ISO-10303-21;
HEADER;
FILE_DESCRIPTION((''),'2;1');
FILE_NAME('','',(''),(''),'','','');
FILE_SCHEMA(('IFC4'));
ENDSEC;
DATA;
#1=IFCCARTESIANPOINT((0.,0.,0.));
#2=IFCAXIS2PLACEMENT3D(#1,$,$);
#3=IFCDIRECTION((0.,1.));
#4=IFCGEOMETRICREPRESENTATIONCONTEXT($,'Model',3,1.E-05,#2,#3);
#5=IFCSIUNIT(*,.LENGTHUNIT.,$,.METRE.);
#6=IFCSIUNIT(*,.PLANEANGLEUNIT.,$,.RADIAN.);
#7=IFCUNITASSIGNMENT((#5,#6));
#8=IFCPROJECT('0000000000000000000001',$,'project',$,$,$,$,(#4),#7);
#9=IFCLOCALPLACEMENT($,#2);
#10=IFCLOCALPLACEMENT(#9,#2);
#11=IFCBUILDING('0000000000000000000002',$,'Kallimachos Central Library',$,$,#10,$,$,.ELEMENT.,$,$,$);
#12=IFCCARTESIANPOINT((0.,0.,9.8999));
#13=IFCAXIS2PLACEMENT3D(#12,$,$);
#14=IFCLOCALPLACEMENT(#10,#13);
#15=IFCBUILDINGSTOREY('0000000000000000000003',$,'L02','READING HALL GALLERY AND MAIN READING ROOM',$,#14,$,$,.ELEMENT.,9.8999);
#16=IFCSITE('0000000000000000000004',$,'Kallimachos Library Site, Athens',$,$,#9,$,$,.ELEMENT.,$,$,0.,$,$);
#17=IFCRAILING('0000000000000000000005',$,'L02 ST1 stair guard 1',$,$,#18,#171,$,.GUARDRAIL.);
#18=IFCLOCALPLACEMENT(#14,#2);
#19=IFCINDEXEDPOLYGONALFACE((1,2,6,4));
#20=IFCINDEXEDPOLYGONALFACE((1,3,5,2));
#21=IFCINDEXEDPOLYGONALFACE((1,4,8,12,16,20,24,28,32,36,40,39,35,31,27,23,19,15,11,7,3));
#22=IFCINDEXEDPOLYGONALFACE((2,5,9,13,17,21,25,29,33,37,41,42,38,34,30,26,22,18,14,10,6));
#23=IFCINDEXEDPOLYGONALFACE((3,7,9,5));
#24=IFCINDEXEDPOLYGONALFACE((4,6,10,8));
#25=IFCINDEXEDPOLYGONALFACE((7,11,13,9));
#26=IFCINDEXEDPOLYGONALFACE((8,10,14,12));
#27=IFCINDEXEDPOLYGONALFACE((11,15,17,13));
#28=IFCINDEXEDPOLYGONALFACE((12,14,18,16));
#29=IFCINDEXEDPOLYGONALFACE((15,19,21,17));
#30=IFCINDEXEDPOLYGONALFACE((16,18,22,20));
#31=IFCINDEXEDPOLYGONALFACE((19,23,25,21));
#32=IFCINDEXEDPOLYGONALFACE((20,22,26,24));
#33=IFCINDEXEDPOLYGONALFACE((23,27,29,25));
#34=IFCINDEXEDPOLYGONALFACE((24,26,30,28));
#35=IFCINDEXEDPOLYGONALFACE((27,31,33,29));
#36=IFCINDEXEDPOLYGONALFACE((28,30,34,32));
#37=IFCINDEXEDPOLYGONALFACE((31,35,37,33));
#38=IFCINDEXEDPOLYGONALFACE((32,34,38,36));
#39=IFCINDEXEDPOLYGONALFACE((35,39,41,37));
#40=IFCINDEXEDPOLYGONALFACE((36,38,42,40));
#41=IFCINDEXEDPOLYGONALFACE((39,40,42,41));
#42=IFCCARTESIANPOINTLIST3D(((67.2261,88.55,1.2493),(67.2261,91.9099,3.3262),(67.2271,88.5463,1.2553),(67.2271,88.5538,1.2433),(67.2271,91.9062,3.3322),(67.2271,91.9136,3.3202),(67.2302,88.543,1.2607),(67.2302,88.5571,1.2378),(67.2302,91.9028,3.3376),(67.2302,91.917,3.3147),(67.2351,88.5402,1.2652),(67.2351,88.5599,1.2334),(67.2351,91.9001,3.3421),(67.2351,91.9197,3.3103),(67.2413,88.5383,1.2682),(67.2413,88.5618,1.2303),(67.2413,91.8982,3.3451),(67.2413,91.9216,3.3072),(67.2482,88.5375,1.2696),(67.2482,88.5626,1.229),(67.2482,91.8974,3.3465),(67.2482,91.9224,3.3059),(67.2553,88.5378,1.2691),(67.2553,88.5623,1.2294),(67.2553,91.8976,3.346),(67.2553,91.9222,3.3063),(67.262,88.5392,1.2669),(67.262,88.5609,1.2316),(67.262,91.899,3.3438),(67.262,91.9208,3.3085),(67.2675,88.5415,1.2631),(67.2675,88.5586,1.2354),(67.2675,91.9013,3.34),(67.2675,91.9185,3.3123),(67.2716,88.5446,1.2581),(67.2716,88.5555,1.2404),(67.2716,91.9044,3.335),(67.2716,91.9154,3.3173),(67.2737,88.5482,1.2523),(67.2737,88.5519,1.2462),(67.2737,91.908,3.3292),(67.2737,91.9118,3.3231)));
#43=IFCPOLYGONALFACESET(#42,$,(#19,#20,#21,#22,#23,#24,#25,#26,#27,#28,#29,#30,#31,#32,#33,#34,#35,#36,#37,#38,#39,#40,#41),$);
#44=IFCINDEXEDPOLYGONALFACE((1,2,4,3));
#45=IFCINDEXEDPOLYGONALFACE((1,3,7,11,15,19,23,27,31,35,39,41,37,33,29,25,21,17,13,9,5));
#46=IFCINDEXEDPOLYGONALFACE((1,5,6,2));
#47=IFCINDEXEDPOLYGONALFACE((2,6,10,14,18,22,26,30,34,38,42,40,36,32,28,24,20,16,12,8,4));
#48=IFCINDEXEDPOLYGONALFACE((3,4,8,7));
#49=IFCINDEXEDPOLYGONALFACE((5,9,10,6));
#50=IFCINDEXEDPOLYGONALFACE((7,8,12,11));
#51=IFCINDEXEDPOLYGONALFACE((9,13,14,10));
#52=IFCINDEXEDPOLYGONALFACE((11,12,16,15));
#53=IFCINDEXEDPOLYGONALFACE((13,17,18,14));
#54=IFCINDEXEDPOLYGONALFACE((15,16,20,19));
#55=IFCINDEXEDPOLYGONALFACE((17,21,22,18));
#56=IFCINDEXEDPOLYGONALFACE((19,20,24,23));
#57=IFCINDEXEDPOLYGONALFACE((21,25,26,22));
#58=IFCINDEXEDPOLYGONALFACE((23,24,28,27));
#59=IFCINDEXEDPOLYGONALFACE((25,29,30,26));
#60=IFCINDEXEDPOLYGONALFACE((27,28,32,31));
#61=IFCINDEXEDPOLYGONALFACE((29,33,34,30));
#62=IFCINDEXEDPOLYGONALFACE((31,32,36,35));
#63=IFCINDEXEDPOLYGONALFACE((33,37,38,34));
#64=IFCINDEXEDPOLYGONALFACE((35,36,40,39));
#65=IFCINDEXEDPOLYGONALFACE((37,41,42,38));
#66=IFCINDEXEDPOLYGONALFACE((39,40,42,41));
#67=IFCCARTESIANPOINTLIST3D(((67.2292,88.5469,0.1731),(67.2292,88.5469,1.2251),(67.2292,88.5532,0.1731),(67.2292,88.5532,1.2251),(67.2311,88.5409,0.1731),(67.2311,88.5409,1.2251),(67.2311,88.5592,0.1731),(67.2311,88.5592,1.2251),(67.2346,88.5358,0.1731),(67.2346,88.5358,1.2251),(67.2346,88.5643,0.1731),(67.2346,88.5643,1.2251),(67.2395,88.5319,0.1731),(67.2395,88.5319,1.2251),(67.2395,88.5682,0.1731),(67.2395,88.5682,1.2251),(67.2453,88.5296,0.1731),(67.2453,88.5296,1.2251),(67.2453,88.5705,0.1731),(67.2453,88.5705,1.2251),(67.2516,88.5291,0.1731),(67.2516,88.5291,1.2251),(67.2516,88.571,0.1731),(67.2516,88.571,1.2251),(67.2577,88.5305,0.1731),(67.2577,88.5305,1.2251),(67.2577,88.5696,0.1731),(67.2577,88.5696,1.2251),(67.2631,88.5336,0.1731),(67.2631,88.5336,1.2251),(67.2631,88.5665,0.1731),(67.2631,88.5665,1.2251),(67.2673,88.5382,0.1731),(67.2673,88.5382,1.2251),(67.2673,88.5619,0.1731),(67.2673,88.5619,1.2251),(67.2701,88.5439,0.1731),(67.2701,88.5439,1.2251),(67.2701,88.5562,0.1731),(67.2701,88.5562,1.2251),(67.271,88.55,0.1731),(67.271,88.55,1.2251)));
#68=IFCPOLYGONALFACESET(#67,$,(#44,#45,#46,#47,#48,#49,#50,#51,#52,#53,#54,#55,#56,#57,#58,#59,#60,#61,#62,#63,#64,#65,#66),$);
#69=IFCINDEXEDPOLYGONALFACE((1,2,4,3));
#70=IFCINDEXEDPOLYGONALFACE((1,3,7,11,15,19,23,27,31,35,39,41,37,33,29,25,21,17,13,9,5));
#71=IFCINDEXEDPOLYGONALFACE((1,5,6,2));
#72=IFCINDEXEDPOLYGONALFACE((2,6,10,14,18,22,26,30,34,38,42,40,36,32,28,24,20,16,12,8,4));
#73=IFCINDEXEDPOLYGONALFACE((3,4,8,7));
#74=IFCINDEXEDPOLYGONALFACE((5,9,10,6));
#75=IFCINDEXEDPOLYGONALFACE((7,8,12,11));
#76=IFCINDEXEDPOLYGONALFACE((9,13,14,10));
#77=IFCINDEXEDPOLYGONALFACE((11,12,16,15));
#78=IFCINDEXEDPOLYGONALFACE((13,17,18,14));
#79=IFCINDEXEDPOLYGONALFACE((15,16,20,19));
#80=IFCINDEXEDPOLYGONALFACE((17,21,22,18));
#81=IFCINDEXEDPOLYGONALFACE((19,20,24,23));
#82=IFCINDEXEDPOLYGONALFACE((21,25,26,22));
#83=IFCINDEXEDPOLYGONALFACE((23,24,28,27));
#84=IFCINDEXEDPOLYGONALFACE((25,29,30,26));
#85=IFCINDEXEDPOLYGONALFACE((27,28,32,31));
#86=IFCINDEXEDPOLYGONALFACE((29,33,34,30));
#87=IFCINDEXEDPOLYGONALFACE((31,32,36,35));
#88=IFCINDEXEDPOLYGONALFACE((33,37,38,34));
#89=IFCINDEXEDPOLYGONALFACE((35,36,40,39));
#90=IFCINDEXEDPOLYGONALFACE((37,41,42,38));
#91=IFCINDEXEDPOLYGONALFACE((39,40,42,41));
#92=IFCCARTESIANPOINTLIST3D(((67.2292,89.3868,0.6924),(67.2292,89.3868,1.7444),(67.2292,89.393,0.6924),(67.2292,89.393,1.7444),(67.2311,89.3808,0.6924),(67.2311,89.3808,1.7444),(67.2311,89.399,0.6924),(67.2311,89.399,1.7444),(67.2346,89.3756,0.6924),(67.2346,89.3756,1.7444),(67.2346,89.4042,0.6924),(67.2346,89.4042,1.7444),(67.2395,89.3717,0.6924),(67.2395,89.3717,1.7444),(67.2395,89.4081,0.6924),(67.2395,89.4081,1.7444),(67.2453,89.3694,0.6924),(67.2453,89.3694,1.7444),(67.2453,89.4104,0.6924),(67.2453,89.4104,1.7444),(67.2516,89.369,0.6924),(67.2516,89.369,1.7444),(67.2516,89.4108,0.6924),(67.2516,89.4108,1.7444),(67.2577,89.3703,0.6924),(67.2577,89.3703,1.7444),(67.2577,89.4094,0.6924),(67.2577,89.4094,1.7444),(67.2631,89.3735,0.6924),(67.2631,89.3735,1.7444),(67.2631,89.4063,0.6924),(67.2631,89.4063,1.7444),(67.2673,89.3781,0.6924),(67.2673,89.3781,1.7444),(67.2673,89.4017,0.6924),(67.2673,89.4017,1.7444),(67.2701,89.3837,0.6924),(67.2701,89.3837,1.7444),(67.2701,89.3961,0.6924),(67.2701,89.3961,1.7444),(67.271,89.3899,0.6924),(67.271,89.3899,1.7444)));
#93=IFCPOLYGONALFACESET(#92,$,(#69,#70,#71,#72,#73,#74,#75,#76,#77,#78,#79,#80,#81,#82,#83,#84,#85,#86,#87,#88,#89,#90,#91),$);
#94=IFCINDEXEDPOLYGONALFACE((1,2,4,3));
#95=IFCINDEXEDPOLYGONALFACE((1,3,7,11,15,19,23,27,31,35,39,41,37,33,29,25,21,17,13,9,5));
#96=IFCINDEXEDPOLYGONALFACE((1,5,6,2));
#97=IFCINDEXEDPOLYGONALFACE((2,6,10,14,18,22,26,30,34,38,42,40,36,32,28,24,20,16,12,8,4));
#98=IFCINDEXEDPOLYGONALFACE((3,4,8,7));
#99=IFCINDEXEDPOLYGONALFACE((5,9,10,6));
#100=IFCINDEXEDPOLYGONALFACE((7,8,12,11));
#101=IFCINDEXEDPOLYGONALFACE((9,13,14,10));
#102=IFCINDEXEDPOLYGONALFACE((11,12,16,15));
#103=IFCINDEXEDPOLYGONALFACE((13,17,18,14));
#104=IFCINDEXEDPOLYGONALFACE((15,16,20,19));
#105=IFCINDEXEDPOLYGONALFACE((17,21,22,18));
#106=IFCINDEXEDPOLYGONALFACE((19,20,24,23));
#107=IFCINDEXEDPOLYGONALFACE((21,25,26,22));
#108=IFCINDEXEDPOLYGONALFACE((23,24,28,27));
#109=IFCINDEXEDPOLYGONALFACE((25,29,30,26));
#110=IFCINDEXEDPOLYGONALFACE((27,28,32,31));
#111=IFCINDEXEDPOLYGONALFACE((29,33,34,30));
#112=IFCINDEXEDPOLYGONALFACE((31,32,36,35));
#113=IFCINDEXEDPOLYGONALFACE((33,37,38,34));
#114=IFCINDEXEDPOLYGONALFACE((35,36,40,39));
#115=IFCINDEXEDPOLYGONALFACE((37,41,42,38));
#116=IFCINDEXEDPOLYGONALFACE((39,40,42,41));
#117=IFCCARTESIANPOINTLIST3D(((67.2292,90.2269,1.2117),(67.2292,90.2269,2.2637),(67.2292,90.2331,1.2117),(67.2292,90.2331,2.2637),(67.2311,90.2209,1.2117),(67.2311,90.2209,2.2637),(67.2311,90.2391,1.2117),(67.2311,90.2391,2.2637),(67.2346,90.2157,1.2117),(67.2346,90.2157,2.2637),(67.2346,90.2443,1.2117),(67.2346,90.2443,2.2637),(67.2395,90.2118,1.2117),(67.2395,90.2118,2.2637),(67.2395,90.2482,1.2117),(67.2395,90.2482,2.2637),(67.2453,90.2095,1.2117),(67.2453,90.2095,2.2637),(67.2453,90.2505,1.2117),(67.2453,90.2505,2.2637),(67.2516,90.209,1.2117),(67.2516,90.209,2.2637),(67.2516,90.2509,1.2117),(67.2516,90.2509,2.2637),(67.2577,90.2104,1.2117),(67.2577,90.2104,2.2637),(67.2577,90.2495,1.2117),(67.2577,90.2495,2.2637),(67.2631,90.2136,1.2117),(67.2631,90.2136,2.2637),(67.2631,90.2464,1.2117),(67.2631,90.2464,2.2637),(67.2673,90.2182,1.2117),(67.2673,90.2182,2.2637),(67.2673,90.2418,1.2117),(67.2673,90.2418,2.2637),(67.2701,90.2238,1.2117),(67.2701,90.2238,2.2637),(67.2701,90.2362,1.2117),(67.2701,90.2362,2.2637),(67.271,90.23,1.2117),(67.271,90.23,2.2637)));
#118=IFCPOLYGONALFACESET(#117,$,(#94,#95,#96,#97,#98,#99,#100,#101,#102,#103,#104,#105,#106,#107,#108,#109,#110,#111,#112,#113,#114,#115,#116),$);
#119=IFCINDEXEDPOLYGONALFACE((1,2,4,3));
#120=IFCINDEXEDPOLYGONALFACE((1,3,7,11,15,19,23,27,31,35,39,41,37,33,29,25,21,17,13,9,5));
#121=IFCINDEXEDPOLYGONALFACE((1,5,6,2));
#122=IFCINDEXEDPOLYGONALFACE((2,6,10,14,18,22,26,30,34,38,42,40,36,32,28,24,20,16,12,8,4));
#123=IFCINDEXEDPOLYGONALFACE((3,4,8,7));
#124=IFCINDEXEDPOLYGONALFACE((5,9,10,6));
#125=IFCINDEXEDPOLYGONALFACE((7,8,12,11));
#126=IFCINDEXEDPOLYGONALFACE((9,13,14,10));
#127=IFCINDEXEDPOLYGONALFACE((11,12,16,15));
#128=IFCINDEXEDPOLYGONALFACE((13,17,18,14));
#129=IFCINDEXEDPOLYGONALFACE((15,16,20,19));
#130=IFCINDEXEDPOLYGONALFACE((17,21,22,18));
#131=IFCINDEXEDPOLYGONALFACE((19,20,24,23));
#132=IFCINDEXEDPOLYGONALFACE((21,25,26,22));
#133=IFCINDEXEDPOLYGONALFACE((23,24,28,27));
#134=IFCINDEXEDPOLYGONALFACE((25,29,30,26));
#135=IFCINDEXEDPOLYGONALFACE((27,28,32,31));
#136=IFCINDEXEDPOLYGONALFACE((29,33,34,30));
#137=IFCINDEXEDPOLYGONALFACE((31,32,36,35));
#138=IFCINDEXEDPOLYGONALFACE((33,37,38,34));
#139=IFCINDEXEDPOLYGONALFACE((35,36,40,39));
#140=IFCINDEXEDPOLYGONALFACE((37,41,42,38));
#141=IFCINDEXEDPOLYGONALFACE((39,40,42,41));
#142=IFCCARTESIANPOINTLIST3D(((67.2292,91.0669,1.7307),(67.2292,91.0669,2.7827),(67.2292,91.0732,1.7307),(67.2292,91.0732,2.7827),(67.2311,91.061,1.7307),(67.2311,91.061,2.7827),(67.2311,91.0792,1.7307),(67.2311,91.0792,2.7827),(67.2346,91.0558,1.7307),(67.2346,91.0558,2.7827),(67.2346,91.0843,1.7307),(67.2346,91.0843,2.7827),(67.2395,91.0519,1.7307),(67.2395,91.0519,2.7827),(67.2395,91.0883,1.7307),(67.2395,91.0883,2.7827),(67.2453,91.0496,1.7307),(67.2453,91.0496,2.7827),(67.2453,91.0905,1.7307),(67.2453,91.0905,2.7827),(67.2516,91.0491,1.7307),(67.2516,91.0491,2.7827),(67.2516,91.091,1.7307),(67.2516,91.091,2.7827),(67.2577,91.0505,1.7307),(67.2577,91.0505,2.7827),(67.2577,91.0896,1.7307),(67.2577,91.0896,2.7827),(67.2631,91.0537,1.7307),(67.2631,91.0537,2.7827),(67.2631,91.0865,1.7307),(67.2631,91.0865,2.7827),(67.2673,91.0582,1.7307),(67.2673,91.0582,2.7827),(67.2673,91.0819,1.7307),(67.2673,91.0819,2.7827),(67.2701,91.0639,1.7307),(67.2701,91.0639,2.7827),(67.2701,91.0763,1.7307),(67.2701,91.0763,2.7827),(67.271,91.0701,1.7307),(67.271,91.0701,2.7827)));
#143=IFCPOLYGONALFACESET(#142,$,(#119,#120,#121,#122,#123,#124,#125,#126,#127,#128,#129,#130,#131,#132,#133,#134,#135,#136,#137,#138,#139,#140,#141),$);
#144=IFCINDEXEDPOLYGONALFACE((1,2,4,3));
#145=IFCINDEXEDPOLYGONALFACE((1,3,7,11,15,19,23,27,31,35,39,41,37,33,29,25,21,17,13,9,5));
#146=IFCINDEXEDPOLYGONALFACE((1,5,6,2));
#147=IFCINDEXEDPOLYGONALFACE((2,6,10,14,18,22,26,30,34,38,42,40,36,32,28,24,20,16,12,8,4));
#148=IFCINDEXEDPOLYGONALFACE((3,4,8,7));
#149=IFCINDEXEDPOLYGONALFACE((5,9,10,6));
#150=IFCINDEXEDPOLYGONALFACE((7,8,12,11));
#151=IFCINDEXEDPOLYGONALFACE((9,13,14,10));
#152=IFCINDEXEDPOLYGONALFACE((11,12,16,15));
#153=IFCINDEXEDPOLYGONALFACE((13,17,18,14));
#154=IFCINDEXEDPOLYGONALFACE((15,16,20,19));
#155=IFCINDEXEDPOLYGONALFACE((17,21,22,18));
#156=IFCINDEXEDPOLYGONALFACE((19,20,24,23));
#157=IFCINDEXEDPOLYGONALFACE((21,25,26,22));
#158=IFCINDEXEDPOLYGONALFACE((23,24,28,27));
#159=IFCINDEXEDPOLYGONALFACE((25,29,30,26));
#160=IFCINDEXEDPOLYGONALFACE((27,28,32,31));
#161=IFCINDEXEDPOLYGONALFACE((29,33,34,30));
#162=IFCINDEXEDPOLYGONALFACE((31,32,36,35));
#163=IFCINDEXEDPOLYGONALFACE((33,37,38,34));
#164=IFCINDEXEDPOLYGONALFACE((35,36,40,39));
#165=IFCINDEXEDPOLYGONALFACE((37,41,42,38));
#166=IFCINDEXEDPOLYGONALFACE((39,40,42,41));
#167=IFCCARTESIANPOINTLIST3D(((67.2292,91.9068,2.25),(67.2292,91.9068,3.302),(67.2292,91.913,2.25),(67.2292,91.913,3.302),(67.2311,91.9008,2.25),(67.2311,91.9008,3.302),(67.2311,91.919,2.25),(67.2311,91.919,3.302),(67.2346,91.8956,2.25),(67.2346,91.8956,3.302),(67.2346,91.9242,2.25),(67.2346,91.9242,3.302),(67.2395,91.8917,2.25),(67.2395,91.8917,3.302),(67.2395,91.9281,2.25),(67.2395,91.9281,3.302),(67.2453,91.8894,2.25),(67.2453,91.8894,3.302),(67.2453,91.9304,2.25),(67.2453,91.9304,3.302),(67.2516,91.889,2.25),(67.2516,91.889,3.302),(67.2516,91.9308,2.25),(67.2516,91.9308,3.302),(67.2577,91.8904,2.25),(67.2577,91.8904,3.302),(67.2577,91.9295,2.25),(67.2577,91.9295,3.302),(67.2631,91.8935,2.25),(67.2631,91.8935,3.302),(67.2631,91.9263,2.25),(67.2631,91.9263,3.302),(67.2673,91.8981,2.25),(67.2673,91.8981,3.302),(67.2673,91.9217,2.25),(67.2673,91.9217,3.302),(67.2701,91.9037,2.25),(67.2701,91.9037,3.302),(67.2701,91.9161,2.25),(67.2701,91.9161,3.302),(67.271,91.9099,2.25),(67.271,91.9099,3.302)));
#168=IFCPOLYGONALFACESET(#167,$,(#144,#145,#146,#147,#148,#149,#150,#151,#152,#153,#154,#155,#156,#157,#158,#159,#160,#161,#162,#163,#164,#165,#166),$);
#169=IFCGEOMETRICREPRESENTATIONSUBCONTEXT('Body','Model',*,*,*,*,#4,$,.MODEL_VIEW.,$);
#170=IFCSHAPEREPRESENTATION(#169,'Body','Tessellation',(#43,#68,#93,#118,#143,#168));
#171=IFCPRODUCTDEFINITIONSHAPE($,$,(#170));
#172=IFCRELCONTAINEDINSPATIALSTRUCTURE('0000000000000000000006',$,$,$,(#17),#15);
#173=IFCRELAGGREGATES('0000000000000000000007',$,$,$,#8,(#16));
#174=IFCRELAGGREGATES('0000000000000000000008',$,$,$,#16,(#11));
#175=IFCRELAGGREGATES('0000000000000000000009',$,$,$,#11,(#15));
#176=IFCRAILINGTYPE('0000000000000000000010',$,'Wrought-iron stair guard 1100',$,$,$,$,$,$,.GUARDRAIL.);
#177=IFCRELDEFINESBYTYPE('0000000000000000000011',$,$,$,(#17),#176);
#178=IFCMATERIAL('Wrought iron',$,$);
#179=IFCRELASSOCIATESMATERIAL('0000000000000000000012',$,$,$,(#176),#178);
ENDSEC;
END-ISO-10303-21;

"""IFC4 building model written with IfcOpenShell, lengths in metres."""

from ifc_helpers import new_model, si_unit, direction, frame, origin, origin_2d, place, context, subcontext, project, spatial, circle, extrude, material, type_object, element, save


model = new_model("IFC4")

# Units and contexts
model_context = context("Model", 3, precision=1e-05, world=origin(), true_north=direction((0.0, 1.0)))
body_context = subcontext(model_context, "Body", "Model", "MODEL_VIEW")
ifc_project = project(units=[si_unit("LENGTHUNIT", "METRE"), si_unit("PLANEANGLEUNIT", "RADIAN")], contexts=[model_context])

# Site, building, storey
site_placement = place(None, origin())
site = spatial("IfcSite", under=ifc_project, at=site_placement, Name="Kallimachos Library Site, Athens", CompositionType="ELEMENT", RefElevation=0.0)
building_placement = place(site_placement, origin())
building = spatial("IfcBuilding", under=site, at=building_placement, Name="Kallimachos Central Library", CompositionType="ELEMENT")
storey_placement = place(building_placement, frame((0.0, 0.0, 9.8999)))
storey = spatial("IfcBuildingStorey", under=building, at=storey_placement, Name="L02", Description="READING HALL GALLERY AND MAIN READING ROOM", CompositionType="ELEMENT", Elevation=9.8999)

# Railing
ifc_material_1 = material(Name="Wrought iron")
railing_type_1 = type_object("IfcRailingType", Name="Wrought-iron stair guard 1100", PredefinedType="GUARDRAIL", material=ifc_material_1)
railing_1_placement = place(storey_placement, frame((67.25, 88.55, 0.1731)))
element("IfcRailing", 1, at=railing_1_placement, inside=storey, type_object=railing_type_1, Name="L02 ST1 stair guard 1", PredefinedType="GUARDRAIL", context=body_context, shape_type="SweptSolid", body=[
    extrude(circle(Radius=0.0239, at=origin_2d()), frame((0.0, 0.0, 1.0762), z_axis=(0.0, 0.850606, 0.525803), x_axis=(-1.0, 0.0, 0.0)), (0.0, 0.0, 1.0), 3.95),
    extrude(circle(Radius=0.021, at=origin_2d()), origin(), (0.0, 0.0, 1.0), 1.052),
    extrude(circle(Radius=0.021, at=origin_2d()), frame((0.0, 0.8398, 0.5193)), (0.0, 0.0, 1.0), 1.052),
    extrude(circle(Radius=0.021, at=origin_2d()), frame((0.0, 1.6799, 1.0386)), (0.0, 0.0, 1.0), 1.052),
    extrude(circle(Radius=0.021, at=origin_2d()), frame((0.0, 2.52, 1.5576)), (0.0, 0.0, 1.0), 1.052),
    extrude(circle(Radius=0.021, at=origin_2d()), frame((0.0, 3.3599, 2.0769)), (0.0, 0.0, 1.0), 1.052),
])

save(model, "model.ifc")
